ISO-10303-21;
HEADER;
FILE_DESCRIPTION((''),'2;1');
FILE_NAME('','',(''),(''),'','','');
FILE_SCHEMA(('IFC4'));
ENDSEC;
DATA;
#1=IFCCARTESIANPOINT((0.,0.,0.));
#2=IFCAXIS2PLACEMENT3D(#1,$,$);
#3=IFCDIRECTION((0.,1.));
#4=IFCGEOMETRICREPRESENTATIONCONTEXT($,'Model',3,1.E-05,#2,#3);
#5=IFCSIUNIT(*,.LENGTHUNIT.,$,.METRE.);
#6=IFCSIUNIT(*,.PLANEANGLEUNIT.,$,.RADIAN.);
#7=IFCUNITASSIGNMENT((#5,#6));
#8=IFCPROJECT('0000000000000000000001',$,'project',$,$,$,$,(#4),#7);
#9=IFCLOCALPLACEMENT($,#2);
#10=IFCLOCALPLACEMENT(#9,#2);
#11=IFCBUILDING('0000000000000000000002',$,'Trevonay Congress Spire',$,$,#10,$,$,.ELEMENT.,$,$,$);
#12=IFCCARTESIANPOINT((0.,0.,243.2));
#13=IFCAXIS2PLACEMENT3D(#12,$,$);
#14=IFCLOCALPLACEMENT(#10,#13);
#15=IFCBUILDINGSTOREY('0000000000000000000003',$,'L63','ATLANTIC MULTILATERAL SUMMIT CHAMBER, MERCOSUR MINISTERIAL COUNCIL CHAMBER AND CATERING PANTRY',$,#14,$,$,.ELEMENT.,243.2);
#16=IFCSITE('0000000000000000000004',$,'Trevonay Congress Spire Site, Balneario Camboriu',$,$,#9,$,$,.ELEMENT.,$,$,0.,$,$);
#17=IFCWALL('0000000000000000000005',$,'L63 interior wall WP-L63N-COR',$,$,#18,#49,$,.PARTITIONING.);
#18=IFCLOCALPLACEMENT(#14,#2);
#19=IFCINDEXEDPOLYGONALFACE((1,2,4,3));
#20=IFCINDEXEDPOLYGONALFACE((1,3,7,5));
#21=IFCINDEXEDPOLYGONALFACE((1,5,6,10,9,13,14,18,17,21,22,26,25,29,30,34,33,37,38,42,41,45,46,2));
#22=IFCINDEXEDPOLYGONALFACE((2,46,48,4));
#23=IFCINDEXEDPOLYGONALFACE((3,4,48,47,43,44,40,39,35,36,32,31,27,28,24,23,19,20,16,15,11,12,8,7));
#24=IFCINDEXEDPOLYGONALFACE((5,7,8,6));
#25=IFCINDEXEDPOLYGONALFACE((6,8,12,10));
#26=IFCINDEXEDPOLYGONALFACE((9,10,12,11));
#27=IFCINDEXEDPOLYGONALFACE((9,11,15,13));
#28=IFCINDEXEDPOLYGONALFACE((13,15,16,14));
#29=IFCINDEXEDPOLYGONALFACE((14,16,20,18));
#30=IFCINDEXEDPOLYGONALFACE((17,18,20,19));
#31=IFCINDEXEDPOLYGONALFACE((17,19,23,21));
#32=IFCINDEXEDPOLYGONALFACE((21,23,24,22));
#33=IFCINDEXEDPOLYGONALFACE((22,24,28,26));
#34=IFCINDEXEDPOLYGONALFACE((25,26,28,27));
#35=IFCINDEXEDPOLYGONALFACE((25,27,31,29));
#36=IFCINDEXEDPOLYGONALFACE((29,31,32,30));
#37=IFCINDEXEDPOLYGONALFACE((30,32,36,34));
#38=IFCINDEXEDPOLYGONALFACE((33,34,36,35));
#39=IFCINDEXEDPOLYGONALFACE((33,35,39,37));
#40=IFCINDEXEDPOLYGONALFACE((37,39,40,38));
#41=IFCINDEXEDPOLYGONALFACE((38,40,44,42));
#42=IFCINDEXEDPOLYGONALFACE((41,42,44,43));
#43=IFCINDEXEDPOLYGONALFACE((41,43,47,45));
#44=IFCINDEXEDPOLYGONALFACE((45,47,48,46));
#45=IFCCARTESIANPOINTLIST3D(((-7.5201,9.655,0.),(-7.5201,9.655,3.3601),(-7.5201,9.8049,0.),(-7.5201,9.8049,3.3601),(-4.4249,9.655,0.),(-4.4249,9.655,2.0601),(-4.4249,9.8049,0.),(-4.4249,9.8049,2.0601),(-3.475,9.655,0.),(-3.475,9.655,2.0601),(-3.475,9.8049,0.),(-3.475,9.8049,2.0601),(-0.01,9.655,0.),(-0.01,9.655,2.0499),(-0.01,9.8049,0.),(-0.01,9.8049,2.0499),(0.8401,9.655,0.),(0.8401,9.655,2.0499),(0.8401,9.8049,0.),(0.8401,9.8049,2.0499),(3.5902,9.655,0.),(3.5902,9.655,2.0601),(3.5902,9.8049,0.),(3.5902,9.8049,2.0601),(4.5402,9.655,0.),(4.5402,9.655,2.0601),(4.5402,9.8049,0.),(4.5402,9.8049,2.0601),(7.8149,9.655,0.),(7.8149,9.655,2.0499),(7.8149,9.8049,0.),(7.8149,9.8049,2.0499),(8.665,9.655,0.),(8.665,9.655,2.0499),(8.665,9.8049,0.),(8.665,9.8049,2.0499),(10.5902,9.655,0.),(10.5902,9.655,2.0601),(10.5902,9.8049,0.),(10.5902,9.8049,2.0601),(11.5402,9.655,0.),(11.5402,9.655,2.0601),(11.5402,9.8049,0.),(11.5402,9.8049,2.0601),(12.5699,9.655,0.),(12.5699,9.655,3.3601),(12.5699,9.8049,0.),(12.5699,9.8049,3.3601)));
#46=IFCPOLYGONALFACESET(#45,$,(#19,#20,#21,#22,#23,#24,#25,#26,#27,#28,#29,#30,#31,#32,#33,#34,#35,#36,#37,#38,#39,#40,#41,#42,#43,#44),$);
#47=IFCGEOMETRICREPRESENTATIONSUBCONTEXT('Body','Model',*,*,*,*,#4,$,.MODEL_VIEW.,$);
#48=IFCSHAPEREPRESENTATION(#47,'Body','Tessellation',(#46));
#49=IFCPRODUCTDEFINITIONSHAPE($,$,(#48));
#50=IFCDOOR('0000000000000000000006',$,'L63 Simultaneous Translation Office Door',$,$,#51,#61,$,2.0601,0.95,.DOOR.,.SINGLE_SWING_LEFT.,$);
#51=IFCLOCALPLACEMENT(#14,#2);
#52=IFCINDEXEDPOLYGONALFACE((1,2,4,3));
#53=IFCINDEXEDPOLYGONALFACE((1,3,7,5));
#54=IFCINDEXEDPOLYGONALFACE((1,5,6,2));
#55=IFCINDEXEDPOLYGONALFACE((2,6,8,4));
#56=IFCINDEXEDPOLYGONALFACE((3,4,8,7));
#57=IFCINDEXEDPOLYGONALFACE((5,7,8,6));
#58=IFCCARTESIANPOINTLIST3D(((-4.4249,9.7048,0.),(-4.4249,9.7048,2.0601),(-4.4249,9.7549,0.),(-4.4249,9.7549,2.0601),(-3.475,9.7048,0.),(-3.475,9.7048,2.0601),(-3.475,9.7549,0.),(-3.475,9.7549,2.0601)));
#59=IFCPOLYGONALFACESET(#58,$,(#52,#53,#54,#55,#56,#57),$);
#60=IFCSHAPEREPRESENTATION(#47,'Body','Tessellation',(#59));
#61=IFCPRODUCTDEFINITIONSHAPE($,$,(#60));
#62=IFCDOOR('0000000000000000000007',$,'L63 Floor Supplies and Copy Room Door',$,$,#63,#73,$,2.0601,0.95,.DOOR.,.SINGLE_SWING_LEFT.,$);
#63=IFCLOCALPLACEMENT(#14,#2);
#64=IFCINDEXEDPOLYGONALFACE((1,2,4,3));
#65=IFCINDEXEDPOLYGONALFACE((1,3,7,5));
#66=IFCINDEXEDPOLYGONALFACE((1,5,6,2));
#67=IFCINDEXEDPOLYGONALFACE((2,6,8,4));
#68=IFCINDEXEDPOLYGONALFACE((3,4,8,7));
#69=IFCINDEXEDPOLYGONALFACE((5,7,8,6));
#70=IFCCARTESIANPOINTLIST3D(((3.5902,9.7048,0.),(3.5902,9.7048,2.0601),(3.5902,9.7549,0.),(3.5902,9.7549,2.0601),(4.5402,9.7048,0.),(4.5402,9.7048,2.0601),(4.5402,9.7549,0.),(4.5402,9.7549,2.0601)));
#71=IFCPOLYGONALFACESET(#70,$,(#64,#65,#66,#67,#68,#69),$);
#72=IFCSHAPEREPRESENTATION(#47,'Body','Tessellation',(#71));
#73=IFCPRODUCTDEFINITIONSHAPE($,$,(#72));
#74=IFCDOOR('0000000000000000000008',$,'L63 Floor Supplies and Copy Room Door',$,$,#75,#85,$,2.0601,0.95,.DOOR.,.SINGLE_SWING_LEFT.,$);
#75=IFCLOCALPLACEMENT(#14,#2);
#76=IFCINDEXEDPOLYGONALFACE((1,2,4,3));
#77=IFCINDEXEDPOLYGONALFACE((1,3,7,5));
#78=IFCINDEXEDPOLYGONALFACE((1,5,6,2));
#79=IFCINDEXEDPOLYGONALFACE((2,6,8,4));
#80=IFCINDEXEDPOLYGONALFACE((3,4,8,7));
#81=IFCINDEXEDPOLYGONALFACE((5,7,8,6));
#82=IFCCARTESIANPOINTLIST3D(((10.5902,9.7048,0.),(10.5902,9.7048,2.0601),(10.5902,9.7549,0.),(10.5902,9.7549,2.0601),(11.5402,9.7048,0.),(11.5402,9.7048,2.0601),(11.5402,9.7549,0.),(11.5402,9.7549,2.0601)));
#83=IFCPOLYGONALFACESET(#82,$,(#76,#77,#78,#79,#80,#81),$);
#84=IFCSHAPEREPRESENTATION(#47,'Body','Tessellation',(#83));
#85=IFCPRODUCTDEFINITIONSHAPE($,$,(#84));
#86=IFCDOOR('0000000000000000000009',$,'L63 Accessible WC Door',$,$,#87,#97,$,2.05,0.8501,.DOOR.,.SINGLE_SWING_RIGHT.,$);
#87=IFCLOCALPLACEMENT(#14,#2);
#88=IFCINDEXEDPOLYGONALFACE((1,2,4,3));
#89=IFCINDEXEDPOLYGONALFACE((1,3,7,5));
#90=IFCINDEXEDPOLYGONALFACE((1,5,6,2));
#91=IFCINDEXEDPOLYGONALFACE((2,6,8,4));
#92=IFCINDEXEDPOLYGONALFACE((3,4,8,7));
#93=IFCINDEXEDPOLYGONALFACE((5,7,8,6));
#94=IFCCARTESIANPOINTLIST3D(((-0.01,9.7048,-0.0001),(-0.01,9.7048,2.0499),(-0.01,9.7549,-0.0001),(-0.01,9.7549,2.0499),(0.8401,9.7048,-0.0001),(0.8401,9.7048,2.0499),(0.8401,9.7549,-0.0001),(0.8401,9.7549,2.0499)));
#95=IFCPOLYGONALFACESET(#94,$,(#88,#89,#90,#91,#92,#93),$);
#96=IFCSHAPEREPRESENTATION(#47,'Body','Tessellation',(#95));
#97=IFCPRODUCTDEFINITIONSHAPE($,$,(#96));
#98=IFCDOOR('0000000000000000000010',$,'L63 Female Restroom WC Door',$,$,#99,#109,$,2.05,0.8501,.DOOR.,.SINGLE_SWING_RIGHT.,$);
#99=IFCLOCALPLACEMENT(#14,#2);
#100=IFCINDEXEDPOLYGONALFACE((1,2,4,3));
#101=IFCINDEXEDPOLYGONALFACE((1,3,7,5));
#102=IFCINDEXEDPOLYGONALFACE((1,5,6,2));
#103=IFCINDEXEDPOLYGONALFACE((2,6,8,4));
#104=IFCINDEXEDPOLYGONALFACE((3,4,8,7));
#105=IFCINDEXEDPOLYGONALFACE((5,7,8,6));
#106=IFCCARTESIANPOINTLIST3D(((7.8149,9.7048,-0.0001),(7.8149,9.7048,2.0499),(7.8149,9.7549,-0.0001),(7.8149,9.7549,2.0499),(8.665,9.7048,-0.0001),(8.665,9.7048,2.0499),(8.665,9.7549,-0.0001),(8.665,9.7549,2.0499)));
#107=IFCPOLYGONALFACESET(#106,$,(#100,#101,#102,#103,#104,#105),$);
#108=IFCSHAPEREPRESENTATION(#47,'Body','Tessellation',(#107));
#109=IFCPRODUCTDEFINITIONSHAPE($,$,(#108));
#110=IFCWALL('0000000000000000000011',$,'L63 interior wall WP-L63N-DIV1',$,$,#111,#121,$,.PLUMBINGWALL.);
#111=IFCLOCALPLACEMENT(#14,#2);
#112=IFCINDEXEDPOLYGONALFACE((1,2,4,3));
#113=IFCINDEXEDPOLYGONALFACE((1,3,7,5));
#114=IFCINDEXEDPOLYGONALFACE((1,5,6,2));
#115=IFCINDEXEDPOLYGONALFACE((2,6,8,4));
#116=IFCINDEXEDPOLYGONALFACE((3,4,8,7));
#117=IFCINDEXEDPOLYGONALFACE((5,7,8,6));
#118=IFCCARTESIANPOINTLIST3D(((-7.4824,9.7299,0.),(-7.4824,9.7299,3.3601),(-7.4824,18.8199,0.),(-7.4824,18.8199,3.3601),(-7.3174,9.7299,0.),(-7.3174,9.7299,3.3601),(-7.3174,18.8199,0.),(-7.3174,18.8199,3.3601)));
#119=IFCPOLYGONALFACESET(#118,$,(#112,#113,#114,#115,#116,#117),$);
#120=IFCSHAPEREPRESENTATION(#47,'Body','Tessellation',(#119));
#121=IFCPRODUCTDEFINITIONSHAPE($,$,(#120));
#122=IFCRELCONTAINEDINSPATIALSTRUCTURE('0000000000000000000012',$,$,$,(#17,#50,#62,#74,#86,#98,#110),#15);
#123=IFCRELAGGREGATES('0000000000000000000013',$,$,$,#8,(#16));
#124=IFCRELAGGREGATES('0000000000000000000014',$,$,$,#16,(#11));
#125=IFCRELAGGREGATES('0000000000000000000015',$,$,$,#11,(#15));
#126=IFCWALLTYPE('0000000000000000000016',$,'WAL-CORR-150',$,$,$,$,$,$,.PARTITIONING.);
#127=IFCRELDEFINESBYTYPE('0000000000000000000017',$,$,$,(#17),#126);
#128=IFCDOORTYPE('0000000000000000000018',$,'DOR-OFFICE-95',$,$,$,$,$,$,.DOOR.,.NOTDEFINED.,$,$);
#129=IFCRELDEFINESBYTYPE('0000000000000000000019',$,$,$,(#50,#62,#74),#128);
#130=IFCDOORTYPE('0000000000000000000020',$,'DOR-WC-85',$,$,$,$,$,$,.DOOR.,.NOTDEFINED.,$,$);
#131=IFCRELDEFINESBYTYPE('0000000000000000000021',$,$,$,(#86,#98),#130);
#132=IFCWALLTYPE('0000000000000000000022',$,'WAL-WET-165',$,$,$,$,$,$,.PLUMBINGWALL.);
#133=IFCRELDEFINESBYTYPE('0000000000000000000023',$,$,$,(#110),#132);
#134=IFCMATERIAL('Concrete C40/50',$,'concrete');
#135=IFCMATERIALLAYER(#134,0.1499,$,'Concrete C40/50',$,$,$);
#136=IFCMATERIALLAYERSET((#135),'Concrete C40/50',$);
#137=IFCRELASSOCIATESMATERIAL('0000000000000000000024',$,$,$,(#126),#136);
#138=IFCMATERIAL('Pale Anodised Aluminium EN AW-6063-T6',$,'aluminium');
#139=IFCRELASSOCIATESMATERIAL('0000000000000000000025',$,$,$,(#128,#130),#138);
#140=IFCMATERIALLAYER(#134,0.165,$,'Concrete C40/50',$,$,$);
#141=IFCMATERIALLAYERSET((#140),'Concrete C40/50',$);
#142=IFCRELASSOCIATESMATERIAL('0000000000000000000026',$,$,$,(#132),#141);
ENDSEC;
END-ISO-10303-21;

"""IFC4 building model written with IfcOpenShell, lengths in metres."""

from ifc_helpers import new_model, si_unit, direction, frame, frame_2d, origin, place, context, subcontext, project, spatial, rectangle, extrude, material, layer, layer_set, type_object, element, fill, save


model = new_model("IFC4")

# Units and contexts
model_context = context("Model", 3, precision=1e-05, world=origin(), true_north=direction((0.0, 1.0)))
body_context = subcontext(model_context, "Body", "Model", "MODEL_VIEW")
ifc_project = project(units=[si_unit("LENGTHUNIT", "METRE"), si_unit("PLANEANGLEUNIT", "RADIAN")], contexts=[model_context])

# Site, building, storey
site_placement = place(None, origin())
site = spatial("IfcSite", under=ifc_project, at=site_placement, Name="Trevonay Congress Spire Site, Balneario Camboriu", CompositionType="ELEMENT", RefElevation=0.0)
building_placement = place(site_placement, origin())
building = spatial("IfcBuilding", under=site, at=building_placement, Name="Trevonay Congress Spire", CompositionType="ELEMENT")
storey_placement = place(building_placement, frame((0.0, 0.0, 243.2)))
storey = spatial("IfcBuildingStorey", under=building, at=storey_placement, Name="L63", Description="ATLANTIC MULTILATERAL SUMMIT CHAMBER, MERCOSUR MINISTERIAL COUNCIL CHAMBER AND CATERING PANTRY", CompositionType="ELEMENT", Elevation=243.2)

# Shared definitions
ifc_material_1 = material(Name="Pale Anodised Aluminium EN AW-6063-T6", Category="aluminium")

# Wall, openings, doors
ifc_material_2 = material(Name="Concrete C40/50", Category="concrete")
ifc_layer_1 = layer(ifc_material_2, 0.1499, Name="Concrete C40/50")
ifc_layer_set_1 = layer_set([ifc_layer_1], Name="Concrete C40/50")
wall_type_1 = type_object("IfcWallType", Name="WAL-CORR-150", PredefinedType="PARTITIONING", material=ifc_layer_set_1)
wall_1_placement = place(storey_placement, frame((-7.52, 9.73, 0.0), z_axis=(0.0, 0.0, 1.0), x_axis=(1.0, 0.0, 0.0)))
wall_1 = element("IfcWall", 1, at=wall_1_placement, inside=storey, type_object=wall_type_1, Name="L63 interior wall WP-L63N-COR", PredefinedType="PARTITIONING", context=body_context, shape_type="SweptSolid", body=[
    extrude(rectangle(XDim=20.0901, YDim=0.1499, at=frame_2d((10.0449, 0.0))), origin(), (0.0, 0.0, 1.0), 3.3601),
])
opening_1_placement = place(wall_1_placement, frame((3.095, 0.0, 0.0)))
opening_1 = element("IfcOpeningElement", 2, at=opening_1_placement, cuts=wall_1, PredefinedType="OPENING", context=body_context, shape_type="SweptSolid", body=[
    extrude(rectangle(XDim=0.95, YDim=2.0601, at=frame_2d((0.4751, 1.03))), frame((0.0, 0.085, 0.0), z_axis=(0.0, -1.0, 0.0), x_axis=(1.0, 0.0, 0.0)), (0.0, 0.0, 1.0), 0.1699),
])
opening_2_placement = place(wall_1_placement, frame((7.51, 0.0, 0.0)))
opening_2 = element("IfcOpeningElement", 3, at=opening_2_placement, cuts=wall_1, PredefinedType="OPENING", context=body_context, shape_type="SweptSolid", body=[
    extrude(rectangle(XDim=0.8501, YDim=2.05, at=frame_2d((0.425, 1.0249))), frame((0.0, 0.085, 0.0), z_axis=(0.0, -1.0, 0.0), x_axis=(1.0, 0.0, 0.0)), (0.0, 0.0, 1.0), 0.1699),
])
opening_3_placement = place(wall_1_placement, frame((11.1101, 0.0, 0.0)))
opening_3 = element("IfcOpeningElement", 4, at=opening_3_placement, cuts=wall_1, PredefinedType="OPENING", context=body_context, shape_type="SweptSolid", body=[
    extrude(rectangle(XDim=0.95, YDim=2.0601, at=frame_2d((0.4751, 1.03))), frame((0.0, 0.085, 0.0), z_axis=(0.0, -1.0, 0.0), x_axis=(1.0, 0.0, 0.0)), (0.0, 0.0, 1.0), 0.1699),
])
opening_4_placement = place(wall_1_placement, frame((15.335, 0.0, 0.0)))
opening_4 = element("IfcOpeningElement", 5, at=opening_4_placement, cuts=wall_1, PredefinedType="OPENING", context=body_context, shape_type="SweptSolid", body=[
    extrude(rectangle(XDim=0.8501, YDim=2.05, at=frame_2d((0.425, 1.0249))), frame((0.0, 0.085, 0.0), z_axis=(0.0, -1.0, 0.0), x_axis=(1.0, 0.0, 0.0)), (0.0, 0.0, 1.0), 0.1699),
])
opening_5_placement = place(wall_1_placement, frame((18.1101, 0.0, 0.0)))
opening_5 = element("IfcOpeningElement", 6, at=opening_5_placement, cuts=wall_1, PredefinedType="OPENING", context=body_context, shape_type="SweptSolid", body=[
    extrude(rectangle(XDim=0.95, YDim=2.0601, at=frame_2d((0.4751, 1.03))), frame((0.0, 0.085, 0.0), z_axis=(0.0, -1.0, 0.0), x_axis=(1.0, 0.0, 0.0)), (0.0, 0.0, 1.0), 0.1699),
])
door_type_1 = type_object("IfcDoorType", Name="DOR-OFFICE-95", OperationType="NOTDEFINED", PredefinedType="DOOR", material=ifc_material_1)
door_1_placement = place(opening_1_placement, origin())
door_1 = element("IfcDoor", 7, at=door_1_placement, inside=storey, type_object=door_type_1, Name="L63 Simultaneous Translation Office Door", OperationType="SINGLE_SWING_LEFT", OverallHeight=2.0601, OverallWidth=0.95, PredefinedType="DOOR", context=body_context, shape_type="SweptSolid", body=[
    extrude(rectangle(XDim=0.95, YDim=2.0601, at=frame_2d((0.4751, 1.03))), frame((0.0, 0.0249, 0.0), z_axis=(0.0, -1.0, 0.0), x_axis=(1.0, 0.0, 0.0)), (0.0, 0.0, 1.0), 0.05),
])
fill(opening_1, door_1)
door_2_placement = place(opening_3_placement, origin())
door_2 = element("IfcDoor", 8, at=door_2_placement, inside=storey, type_object=door_type_1, Name="L63 Floor Supplies and Copy Room Door", OperationType="SINGLE_SWING_LEFT", OverallHeight=2.0601, OverallWidth=0.95, PredefinedType="DOOR", context=body_context, shape_type="SweptSolid", body=[
    extrude(rectangle(XDim=0.95, YDim=2.0601, at=frame_2d((0.4751, 1.03))), frame((0.0, 0.0249, 0.0), z_axis=(0.0, -1.0, 0.0), x_axis=(1.0, 0.0, 0.0)), (0.0, 0.0, 1.0), 0.05),
])
fill(opening_3, door_2)
door_3_placement = place(opening_5_placement, origin())
door_3 = element("IfcDoor", 9, at=door_3_placement, inside=storey, type_object=door_type_1, Name="L63 Floor Supplies and Copy Room Door", OperationType="SINGLE_SWING_LEFT", OverallHeight=2.0601, OverallWidth=0.95, PredefinedType="DOOR", context=body_context, shape_type="SweptSolid", body=[
    extrude(rectangle(XDim=0.95, YDim=2.0601, at=frame_2d((0.4751, 1.03))), frame((0.0, 0.0249, 0.0), z_axis=(0.0, -1.0, 0.0), x_axis=(1.0, 0.0, 0.0)), (0.0, 0.0, 1.0), 0.05),
])
fill(opening_5, door_3)
door_type_2 = type_object("IfcDoorType", Name="DOR-WC-85", OperationType="NOTDEFINED", PredefinedType="DOOR", material=ifc_material_1)
door_4_placement = place(opening_2_placement, origin())
door_4 = element("IfcDoor", 10, at=door_4_placement, inside=storey, type_object=door_type_2, Name="L63 Accessible WC Door", OperationType="SINGLE_SWING_RIGHT", OverallHeight=2.05, OverallWidth=0.8501, PredefinedType="DOOR", context=body_context, shape_type="SweptSolid", body=[
    extrude(rectangle(XDim=0.8501, YDim=2.05, at=frame_2d((0.425, 1.0249))), frame((0.0, 0.0249, 0.0), z_axis=(0.0, -1.0, 0.0), x_axis=(1.0, 0.0, 0.0)), (0.0, 0.0, 1.0), 0.05),
])
fill(opening_2, door_4)
door_5_placement = place(opening_4_placement, origin())
door_5 = element("IfcDoor", 11, at=door_5_placement, inside=storey, type_object=door_type_2, Name="L63 Female Restroom WC Door", OperationType="SINGLE_SWING_RIGHT", OverallHeight=2.05, OverallWidth=0.8501, PredefinedType="DOOR", context=body_context, shape_type="SweptSolid", body=[
    extrude(rectangle(XDim=0.8501, YDim=2.05, at=frame_2d((0.425, 1.0249))), frame((0.0, 0.0249, 0.0), z_axis=(0.0, -1.0, 0.0), x_axis=(1.0, 0.0, 0.0)), (0.0, 0.0, 1.0), 0.05),
])
fill(opening_4, door_5)

# Wall
ifc_layer_2 = layer(ifc_material_2, 0.165, Name="Concrete C40/50")
ifc_layer_set_2 = layer_set([ifc_layer_2], Name="Concrete C40/50")
wall_type_2 = type_object("IfcWallType", Name="WAL-WET-165", PredefinedType="PLUMBINGWALL", material=ifc_layer_set_2)
wall_2_placement = place(storey_placement, frame((-7.3999, 9.73, 0.0), z_axis=(0.0, 0.0, 1.0), x_axis=(0.0, 1.0, 0.0)))
element("IfcWall", 12, at=wall_2_placement, inside=storey, type_object=wall_type_2, Name="L63 interior wall WP-L63N-DIV1", PredefinedType="PLUMBINGWALL", context=body_context, shape_type="SweptSolid", body=[
    extrude(rectangle(XDim=9.0901, YDim=0.165, at=frame_2d((4.5449, 0.0))), origin(), (0.0, 0.0, 1.0), 3.3601),
])

save(model, "model.ifc")
